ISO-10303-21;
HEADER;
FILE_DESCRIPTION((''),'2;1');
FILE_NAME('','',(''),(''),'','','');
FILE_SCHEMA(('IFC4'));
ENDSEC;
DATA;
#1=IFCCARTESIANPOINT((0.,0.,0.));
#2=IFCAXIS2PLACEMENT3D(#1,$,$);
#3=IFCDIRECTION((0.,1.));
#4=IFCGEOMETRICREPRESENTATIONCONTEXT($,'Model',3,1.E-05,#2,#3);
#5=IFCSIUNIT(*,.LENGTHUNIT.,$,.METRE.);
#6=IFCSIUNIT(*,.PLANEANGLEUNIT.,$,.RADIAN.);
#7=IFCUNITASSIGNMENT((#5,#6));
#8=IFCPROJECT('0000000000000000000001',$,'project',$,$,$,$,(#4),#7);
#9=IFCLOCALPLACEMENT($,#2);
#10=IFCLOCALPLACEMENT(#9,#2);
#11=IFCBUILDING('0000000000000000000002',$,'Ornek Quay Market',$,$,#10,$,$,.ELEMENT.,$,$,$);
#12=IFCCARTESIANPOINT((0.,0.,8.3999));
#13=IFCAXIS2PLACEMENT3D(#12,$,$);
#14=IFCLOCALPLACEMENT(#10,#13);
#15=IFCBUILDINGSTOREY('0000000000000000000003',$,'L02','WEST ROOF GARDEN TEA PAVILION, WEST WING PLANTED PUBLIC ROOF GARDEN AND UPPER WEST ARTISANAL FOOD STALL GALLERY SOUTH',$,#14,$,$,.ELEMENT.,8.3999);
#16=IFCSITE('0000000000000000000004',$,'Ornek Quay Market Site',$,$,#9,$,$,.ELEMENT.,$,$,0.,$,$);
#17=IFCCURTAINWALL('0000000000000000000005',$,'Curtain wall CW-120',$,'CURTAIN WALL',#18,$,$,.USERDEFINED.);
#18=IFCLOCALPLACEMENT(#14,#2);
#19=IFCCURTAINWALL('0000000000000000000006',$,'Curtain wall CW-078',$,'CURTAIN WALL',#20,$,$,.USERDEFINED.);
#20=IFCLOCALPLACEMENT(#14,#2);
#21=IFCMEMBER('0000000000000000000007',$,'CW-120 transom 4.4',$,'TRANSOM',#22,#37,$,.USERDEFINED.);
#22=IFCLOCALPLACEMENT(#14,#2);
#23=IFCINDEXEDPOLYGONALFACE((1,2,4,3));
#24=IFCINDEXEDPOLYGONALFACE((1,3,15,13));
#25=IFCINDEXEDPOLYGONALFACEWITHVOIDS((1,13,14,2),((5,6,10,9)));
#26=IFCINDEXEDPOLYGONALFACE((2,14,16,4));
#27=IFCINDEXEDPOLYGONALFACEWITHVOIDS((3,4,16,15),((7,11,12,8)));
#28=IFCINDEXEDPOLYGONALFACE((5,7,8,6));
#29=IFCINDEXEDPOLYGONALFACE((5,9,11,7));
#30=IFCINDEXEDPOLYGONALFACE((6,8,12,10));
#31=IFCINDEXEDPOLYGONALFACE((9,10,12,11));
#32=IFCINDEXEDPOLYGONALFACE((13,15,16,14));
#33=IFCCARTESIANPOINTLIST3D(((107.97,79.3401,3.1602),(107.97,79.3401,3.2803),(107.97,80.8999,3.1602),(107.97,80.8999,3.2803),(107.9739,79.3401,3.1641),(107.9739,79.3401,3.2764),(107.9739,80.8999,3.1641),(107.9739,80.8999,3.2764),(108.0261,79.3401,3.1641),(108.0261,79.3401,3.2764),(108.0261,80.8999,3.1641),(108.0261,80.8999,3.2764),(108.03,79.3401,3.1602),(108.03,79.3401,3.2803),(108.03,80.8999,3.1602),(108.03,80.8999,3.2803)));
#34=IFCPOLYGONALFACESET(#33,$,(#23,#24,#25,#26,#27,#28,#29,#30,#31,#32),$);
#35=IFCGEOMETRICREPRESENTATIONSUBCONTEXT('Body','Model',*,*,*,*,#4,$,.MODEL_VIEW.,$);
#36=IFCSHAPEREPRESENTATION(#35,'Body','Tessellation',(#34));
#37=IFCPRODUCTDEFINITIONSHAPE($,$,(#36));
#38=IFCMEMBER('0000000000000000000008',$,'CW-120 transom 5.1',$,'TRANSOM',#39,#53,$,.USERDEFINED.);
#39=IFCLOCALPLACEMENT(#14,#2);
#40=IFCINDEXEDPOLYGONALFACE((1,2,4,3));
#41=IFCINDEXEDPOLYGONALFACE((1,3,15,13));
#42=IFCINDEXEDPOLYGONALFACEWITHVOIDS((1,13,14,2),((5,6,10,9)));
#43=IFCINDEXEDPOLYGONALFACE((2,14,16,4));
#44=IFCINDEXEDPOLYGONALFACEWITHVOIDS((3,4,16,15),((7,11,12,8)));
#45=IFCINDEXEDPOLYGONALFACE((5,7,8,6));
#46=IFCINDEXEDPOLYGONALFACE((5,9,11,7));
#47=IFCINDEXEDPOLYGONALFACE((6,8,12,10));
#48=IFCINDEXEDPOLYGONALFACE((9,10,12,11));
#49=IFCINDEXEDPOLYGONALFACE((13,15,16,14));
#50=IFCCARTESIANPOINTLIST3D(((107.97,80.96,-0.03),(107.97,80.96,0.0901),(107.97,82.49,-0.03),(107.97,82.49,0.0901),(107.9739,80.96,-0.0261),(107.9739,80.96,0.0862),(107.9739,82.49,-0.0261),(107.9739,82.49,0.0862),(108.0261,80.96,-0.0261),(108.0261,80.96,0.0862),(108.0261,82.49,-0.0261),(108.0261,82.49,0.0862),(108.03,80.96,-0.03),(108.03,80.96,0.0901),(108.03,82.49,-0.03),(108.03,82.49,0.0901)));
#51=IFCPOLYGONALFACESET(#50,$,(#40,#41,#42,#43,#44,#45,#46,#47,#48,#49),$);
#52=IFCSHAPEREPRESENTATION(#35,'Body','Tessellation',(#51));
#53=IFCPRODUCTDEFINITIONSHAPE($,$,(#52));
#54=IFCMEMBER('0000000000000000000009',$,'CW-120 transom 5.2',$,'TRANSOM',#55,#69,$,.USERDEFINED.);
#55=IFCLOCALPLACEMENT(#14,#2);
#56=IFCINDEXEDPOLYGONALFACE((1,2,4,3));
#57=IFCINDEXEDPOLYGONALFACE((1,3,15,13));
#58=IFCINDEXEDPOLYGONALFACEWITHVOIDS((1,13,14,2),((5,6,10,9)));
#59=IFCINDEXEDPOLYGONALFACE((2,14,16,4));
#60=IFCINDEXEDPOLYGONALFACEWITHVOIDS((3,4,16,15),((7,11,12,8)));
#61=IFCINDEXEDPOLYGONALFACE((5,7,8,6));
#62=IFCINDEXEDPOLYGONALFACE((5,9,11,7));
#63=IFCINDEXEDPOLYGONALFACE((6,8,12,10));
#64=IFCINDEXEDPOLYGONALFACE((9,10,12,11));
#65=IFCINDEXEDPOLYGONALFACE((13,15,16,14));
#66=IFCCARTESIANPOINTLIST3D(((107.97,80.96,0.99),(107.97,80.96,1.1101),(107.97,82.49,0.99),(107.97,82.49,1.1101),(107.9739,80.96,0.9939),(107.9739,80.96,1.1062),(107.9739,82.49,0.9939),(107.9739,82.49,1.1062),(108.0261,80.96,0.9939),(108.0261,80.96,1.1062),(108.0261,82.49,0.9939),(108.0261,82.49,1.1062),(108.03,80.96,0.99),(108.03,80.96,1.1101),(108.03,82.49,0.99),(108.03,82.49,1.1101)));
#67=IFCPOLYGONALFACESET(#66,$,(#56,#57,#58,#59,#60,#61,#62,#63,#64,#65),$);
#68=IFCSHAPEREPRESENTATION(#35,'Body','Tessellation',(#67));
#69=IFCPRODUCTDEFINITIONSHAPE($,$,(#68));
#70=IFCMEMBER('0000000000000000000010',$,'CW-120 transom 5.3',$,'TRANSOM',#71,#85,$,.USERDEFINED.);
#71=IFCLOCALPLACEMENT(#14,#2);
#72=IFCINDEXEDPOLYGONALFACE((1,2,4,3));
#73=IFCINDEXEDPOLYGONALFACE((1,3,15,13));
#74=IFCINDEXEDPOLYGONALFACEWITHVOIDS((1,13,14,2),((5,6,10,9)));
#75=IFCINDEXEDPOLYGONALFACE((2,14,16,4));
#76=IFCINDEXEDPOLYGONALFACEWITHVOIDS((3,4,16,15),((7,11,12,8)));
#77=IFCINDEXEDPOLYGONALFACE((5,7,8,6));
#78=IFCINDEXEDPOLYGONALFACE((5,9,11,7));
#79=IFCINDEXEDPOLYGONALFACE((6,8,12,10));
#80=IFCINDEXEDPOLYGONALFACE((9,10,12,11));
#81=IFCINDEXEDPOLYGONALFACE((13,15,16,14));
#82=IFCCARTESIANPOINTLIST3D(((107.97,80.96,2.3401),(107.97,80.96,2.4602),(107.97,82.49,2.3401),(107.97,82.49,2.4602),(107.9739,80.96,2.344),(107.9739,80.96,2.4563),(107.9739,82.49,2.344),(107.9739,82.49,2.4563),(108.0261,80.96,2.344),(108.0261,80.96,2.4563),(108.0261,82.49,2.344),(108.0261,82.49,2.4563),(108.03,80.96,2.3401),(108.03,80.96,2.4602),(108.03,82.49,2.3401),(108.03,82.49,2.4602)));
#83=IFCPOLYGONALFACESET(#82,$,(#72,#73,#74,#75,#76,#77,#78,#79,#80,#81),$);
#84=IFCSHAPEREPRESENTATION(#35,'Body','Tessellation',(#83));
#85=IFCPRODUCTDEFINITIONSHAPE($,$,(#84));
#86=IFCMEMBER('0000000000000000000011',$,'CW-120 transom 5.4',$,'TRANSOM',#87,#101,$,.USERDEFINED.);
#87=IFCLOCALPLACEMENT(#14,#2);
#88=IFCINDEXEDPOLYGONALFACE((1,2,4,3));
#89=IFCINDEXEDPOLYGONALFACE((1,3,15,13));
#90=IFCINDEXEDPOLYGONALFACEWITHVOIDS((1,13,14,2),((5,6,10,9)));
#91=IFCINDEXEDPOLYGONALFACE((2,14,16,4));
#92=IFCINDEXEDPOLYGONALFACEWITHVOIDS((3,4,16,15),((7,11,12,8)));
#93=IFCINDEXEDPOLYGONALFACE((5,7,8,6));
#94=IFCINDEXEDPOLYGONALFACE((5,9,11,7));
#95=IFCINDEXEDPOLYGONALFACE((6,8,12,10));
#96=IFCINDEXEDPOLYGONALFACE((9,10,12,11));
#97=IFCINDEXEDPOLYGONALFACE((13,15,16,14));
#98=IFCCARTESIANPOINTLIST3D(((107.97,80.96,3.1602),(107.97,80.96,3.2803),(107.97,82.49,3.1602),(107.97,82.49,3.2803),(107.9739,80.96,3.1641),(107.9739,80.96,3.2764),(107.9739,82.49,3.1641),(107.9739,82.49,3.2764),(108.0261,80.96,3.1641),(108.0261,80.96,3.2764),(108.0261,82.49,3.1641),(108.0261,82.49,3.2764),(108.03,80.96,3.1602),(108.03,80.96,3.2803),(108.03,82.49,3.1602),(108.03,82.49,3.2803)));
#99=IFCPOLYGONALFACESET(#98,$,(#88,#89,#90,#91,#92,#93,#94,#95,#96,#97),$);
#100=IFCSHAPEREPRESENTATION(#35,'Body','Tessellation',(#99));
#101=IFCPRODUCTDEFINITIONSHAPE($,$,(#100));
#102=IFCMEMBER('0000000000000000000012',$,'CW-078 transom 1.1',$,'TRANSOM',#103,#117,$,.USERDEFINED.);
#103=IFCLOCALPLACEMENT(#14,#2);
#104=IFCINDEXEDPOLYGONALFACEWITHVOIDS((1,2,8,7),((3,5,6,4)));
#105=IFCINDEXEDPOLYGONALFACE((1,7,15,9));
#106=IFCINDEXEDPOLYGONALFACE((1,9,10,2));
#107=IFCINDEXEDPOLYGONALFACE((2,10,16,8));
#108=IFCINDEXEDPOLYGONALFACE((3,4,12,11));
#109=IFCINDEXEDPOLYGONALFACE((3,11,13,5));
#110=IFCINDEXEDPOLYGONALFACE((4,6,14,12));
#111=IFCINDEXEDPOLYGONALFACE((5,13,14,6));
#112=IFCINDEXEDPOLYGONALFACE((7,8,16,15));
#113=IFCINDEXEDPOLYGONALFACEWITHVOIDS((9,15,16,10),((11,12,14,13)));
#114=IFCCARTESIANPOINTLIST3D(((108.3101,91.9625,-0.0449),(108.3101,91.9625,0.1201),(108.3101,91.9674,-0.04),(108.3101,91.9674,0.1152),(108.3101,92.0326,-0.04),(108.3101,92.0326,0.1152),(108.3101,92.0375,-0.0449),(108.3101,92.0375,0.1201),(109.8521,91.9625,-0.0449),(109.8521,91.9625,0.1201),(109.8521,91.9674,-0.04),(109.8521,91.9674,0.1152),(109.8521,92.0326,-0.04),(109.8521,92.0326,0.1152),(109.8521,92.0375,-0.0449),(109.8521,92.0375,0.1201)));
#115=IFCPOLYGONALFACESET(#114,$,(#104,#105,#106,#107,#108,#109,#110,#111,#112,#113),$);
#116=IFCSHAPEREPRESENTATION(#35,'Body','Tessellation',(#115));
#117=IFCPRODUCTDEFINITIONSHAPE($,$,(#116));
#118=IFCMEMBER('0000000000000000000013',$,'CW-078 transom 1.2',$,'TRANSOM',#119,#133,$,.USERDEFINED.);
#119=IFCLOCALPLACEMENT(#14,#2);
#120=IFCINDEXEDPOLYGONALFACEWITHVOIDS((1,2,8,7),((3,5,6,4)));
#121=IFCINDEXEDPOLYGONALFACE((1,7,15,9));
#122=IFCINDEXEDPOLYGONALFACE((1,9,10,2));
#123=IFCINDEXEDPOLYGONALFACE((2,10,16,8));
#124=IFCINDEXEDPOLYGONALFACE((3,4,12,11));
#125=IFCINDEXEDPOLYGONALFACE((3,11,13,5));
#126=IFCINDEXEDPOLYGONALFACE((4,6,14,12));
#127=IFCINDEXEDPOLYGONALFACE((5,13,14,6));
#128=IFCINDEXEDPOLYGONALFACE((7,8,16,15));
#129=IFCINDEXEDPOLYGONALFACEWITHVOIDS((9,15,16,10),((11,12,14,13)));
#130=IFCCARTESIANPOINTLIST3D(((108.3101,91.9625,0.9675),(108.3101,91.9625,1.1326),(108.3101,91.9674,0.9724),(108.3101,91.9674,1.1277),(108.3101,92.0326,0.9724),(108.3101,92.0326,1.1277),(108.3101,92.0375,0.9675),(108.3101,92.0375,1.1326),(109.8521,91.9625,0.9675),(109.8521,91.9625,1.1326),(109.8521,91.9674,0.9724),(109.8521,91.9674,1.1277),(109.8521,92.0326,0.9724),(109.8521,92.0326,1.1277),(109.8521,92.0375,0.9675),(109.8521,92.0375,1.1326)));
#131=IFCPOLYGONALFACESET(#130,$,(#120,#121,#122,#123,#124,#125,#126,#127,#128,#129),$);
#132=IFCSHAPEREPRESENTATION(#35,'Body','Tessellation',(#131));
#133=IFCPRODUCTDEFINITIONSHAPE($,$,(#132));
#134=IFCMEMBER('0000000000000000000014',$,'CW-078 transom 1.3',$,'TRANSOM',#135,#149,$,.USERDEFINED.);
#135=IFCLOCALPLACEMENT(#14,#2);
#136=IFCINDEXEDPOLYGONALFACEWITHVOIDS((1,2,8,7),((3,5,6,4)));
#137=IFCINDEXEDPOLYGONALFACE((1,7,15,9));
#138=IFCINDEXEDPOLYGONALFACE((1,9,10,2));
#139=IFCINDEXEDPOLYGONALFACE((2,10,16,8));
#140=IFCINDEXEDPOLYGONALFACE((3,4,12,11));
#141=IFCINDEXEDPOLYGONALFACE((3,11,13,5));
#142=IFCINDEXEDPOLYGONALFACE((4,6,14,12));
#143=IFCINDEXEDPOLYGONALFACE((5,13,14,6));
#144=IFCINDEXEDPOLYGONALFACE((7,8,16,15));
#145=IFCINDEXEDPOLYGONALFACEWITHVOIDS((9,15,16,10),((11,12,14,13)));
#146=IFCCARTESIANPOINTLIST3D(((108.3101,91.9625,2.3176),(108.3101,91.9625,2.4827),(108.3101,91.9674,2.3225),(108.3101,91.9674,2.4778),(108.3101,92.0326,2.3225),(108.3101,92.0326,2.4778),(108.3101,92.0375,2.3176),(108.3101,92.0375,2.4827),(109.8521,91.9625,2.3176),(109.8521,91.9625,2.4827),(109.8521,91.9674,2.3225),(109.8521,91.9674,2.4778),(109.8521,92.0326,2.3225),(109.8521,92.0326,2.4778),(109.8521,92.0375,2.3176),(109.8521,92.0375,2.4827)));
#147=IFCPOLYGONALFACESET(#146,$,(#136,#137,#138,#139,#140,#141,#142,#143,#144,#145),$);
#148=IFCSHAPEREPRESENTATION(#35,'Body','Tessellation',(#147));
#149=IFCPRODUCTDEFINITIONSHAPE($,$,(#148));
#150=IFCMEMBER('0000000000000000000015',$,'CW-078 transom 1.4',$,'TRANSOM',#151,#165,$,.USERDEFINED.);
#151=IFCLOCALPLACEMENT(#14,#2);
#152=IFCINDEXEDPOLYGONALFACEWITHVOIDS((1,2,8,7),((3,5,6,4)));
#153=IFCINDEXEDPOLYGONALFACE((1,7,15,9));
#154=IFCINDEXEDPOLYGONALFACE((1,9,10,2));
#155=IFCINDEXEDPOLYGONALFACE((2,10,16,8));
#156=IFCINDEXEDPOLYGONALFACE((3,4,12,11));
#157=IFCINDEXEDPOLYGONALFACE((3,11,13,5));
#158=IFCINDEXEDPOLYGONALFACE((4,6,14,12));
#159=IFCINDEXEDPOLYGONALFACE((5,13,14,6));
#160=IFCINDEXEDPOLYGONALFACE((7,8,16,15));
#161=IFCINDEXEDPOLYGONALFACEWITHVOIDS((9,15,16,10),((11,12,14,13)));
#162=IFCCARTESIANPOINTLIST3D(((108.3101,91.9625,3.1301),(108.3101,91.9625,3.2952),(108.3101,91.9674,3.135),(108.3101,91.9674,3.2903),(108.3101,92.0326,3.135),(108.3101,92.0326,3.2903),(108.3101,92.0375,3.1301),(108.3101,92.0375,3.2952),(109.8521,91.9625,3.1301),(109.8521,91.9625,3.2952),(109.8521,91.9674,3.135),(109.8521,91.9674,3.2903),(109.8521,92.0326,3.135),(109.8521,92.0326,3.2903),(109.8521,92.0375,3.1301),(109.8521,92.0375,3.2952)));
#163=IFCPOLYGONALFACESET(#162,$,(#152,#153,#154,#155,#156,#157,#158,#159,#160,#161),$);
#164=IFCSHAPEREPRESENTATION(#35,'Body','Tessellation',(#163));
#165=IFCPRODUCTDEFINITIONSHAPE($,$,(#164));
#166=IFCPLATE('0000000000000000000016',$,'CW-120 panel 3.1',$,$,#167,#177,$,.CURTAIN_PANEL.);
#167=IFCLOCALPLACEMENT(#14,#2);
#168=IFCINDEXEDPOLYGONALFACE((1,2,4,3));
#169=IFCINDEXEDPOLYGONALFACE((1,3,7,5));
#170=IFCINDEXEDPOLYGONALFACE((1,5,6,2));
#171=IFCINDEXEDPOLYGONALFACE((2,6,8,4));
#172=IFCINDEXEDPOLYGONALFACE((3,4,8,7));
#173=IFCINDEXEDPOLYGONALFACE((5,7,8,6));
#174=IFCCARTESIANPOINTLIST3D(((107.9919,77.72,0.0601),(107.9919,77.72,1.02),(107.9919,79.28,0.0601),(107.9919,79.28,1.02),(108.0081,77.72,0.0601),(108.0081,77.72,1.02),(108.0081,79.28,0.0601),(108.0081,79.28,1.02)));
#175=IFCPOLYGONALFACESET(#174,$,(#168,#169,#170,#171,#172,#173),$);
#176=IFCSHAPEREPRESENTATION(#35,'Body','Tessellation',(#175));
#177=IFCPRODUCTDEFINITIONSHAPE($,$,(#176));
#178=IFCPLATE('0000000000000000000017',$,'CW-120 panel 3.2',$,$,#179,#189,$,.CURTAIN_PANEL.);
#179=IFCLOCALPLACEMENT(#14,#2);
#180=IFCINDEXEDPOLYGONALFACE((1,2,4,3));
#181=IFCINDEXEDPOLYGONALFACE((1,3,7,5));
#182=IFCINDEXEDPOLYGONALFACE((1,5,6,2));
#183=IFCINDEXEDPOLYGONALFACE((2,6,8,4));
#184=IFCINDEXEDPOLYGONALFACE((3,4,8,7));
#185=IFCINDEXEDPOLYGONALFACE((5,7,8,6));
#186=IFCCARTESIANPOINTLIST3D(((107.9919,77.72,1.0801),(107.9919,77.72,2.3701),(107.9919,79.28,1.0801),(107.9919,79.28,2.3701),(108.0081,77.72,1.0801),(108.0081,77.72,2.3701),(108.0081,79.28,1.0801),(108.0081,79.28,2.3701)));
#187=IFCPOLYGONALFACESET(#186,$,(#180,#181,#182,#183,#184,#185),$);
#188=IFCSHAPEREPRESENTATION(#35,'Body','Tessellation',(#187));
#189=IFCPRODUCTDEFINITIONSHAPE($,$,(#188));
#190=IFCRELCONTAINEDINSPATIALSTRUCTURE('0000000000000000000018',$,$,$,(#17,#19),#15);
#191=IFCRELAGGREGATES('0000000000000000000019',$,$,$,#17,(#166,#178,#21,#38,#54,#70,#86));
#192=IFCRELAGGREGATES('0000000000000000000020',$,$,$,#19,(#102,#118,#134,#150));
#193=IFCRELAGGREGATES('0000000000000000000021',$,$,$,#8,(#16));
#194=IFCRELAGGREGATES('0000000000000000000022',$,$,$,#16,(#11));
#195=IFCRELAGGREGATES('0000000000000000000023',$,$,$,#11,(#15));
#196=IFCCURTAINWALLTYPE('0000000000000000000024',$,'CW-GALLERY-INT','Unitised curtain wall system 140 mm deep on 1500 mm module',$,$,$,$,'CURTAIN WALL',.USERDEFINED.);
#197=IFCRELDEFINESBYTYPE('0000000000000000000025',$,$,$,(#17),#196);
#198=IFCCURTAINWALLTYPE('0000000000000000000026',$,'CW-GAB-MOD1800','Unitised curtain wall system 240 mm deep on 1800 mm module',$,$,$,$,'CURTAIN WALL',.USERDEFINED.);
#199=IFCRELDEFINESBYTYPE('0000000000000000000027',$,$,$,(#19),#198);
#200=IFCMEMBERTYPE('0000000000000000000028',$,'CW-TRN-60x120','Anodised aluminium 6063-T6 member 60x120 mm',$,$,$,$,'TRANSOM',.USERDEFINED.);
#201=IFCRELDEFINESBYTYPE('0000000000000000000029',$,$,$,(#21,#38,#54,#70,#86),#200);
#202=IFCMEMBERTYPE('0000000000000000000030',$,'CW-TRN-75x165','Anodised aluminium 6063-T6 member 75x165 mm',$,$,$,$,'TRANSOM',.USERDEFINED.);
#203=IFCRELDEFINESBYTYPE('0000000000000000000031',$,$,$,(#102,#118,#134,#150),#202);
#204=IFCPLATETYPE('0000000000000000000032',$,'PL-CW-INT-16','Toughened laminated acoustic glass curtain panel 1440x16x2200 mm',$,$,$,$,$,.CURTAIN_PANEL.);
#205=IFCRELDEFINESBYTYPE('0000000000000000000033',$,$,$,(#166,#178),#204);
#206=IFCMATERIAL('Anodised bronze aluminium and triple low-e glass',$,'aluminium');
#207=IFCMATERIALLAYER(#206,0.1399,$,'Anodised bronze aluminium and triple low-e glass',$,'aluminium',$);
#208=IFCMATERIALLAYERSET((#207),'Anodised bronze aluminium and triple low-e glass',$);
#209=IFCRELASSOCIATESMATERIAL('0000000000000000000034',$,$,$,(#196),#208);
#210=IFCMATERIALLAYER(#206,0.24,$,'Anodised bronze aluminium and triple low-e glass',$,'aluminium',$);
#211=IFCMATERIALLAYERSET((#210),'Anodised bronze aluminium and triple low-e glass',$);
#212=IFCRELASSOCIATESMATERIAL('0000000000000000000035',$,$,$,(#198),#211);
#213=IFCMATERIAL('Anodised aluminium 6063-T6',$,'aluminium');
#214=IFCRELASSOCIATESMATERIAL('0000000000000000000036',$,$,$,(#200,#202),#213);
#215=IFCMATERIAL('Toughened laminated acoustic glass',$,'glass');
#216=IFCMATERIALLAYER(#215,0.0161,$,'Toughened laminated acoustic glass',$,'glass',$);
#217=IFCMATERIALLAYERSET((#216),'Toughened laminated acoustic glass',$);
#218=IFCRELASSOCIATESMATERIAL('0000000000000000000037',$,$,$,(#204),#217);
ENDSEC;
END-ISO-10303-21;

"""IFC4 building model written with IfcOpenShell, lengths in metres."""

from ifc_helpers import new_model, si_unit, direction, frame, origin, origin_2d, place, context, subcontext, project, spatial, rectangle, hollow_rectangle, extrude, material, layer, layer_set, material_profile, profile_set, type_object, element, aggregate, save


model = new_model("IFC4")

# Units and contexts
model_context = context("Model", 3, precision=1e-05, world=origin(), true_north=direction((0.0, 1.0)))
body_context = subcontext(model_context, "Body", "Model", "MODEL_VIEW")
ifc_project = project(units=[si_unit("LENGTHUNIT", "METRE"), si_unit("PLANEANGLEUNIT", "RADIAN")], contexts=[model_context])

# Site, building, storey
site_placement = place(None, origin())
site = spatial("IfcSite", under=ifc_project, at=site_placement, Name="Ornek Quay Market Site", CompositionType="ELEMENT", RefElevation=0.0)
building_placement = place(site_placement, origin())
building = spatial("IfcBuilding", under=site, at=building_placement, Name="Ornek Quay Market", CompositionType="ELEMENT")
storey_placement = place(building_placement, frame((0.0, 0.0, 8.3999)))
storey = spatial("IfcBuildingStorey", under=building, at=storey_placement, Name="L02", Description="WEST ROOF GARDEN TEA PAVILION, WEST WING PLANTED PUBLIC ROOF GARDEN AND UPPER WEST ARTISANAL FOOD STALL GALLERY SOUTH", CompositionType="ELEMENT", Elevation=8.3999)

# Curtain wall
ifc_material_1 = material(Name="Anodised bronze aluminium and triple low-e glass", Category="aluminium")
ifc_layer_1 = layer(ifc_material_1, 0.1399, Name="Anodised bronze aluminium and triple low-e glass", Category="aluminium")
ifc_layer_set_1 = layer_set([ifc_layer_1], Name="Anodised bronze aluminium and triple low-e glass")
curtain_wall_type_1 = type_object("IfcCurtainWallType", Name="CW-GALLERY-INT", Description="Unitised curtain wall system 140 mm deep on 1500 mm module", ElementType="CURTAIN WALL", PredefinedType="USERDEFINED", material=ifc_layer_set_1)
curtain_wall_1_placement = place(storey_placement, origin())
curtain_wall_1 = element("IfcCurtainWall", 1, at=curtain_wall_1_placement, inside=storey, type_object=curtain_wall_type_1, Name="Curtain wall CW-120", ObjectType="CURTAIN WALL", PredefinedType="USERDEFINED")
ifc_material_2 = material(Name="Anodised aluminium 6063-T6", Category="aluminium")

# Curtain wall
ifc_layer_2 = layer(ifc_material_1, 0.24, Name="Anodised bronze aluminium and triple low-e glass", Category="aluminium")
ifc_layer_set_2 = layer_set([ifc_layer_2], Name="Anodised bronze aluminium and triple low-e glass")
curtain_wall_type_2 = type_object("IfcCurtainWallType", Name="CW-GAB-MOD1800", Description="Unitised curtain wall system 240 mm deep on 1800 mm module", ElementType="CURTAIN WALL", PredefinedType="USERDEFINED", material=ifc_layer_set_2)
curtain_wall_2_placement = place(storey_placement, origin())
curtain_wall_2 = element("IfcCurtainWall", 2, at=curtain_wall_2_placement, inside=storey, type_object=curtain_wall_type_2, Name="Curtain wall CW-078", ObjectType="CURTAIN WALL", PredefinedType="USERDEFINED")

# Members
ifc_material_profile_1 = material_profile(ifc_material_2, hollow_rectangle(XDim=0.0601, YDim=0.1201, WallThickness=0.0039, at=origin_2d()), Name="CW-TRN-60x120", Category="aluminium")
ifc_profile_set_1 = profile_set([ifc_material_profile_1], Name="Anodised aluminium 6063-T6")
member_type_1 = type_object("IfcMemberType", Name="CW-TRN-60x120", Description="Anodised aluminium 6063-T6 member 60x120 mm", ElementType="TRANSOM", PredefinedType="USERDEFINED", material=ifc_profile_set_1)
member_1_placement = place(storey_placement, frame((108.0, 79.3401, 3.2202), z_axis=(0.0, 1.0, 0.0), x_axis=(-1.0, 0.0, 0.0)))
member_1 = element("IfcMember", 3, at=member_1_placement, type_object=member_type_1, Name="CW-120 transom 4.4", ObjectType="TRANSOM", PredefinedType="USERDEFINED", context=body_context, shape_type="SweptSolid", body=[
    extrude(hollow_rectangle(XDim=0.0601, YDim=0.1201, WallThickness=0.0039, at=origin_2d()), origin(), (0.0, 0.0, 1.0), 1.5598),
])
member_2_placement = place(storey_placement, frame((108.0, 80.96, 0.03), z_axis=(0.0, 1.0, 0.0), x_axis=(-1.0, 0.0, 0.0)))
member_2 = element("IfcMember", 4, at=member_2_placement, type_object=member_type_1, Name="CW-120 transom 5.1", ObjectType="TRANSOM", PredefinedType="USERDEFINED", context=body_context, shape_type="SweptSolid", body=[
    extrude(hollow_rectangle(XDim=0.0601, YDim=0.1201, WallThickness=0.0039, at=origin_2d()), origin(), (0.0, 0.0, 1.0), 1.53),
])
member_3_placement = place(storey_placement, frame((108.0, 80.96, 1.05), z_axis=(0.0, 1.0, 0.0), x_axis=(-1.0, 0.0, 0.0)))
member_3 = element("IfcMember", 5, at=member_3_placement, type_object=member_type_1, Name="CW-120 transom 5.2", ObjectType="TRANSOM", PredefinedType="USERDEFINED", context=body_context, shape_type="SweptSolid", body=[
    extrude(hollow_rectangle(XDim=0.0601, YDim=0.1201, WallThickness=0.0039, at=origin_2d()), origin(), (0.0, 0.0, 1.0), 1.53),
])
member_4_placement = place(storey_placement, frame((108.0, 80.96, 2.4001), z_axis=(0.0, 1.0, 0.0), x_axis=(-1.0, 0.0, 0.0)))
member_4 = element("IfcMember", 6, at=member_4_placement, type_object=member_type_1, Name="CW-120 transom 5.3", ObjectType="TRANSOM", PredefinedType="USERDEFINED", context=body_context, shape_type="SweptSolid", body=[
    extrude(hollow_rectangle(XDim=0.0601, YDim=0.1201, WallThickness=0.0039, at=origin_2d()), origin(), (0.0, 0.0, 1.0), 1.53),
])
member_5_placement = place(storey_placement, frame((108.0, 80.96, 3.2202), z_axis=(0.0, 1.0, 0.0), x_axis=(-1.0, 0.0, 0.0)))
member_5 = element("IfcMember", 7, at=member_5_placement, type_object=member_type_1, Name="CW-120 transom 5.4", ObjectType="TRANSOM", PredefinedType="USERDEFINED", context=body_context, shape_type="SweptSolid", body=[
    extrude(hollow_rectangle(XDim=0.0601, YDim=0.1201, WallThickness=0.0039, at=origin_2d()), origin(), (0.0, 0.0, 1.0), 1.53),
])
ifc_material_profile_2 = material_profile(ifc_material_2, hollow_rectangle(XDim=0.075, YDim=0.165, WallThickness=0.0049, at=origin_2d()), Name="CW-TRN-75x165", Category="aluminium")
ifc_profile_set_2 = profile_set([ifc_material_profile_2], Name="Anodised aluminium 6063-T6")
member_type_2 = type_object("IfcMemberType", Name="CW-TRN-75x165", Description="Anodised aluminium 6063-T6 member 75x165 mm", ElementType="TRANSOM", PredefinedType="USERDEFINED", material=ifc_profile_set_2)
member_6_placement = place(storey_placement, frame((108.3101, 92.0, 0.0376), z_axis=(1.0, 0.0, 0.0), x_axis=(0.0, 1.0, 0.0)))
member_6 = element("IfcMember", 8, at=member_6_placement, type_object=member_type_2, Name="CW-078 transom 1.1", ObjectType="TRANSOM", PredefinedType="USERDEFINED", context=body_context, shape_type="SweptSolid", body=[
    extrude(hollow_rectangle(XDim=0.075, YDim=0.165, WallThickness=0.0049, at=origin_2d()), origin(), (0.0, 0.0, 1.0), 1.542),
])
member_7_placement = place(storey_placement, frame((108.3101, 92.0, 1.05), z_axis=(1.0, 0.0, 0.0), x_axis=(0.0, 1.0, 0.0)))
member_7 = element("IfcMember", 9, at=member_7_placement, type_object=member_type_2, Name="CW-078 transom 1.2", ObjectType="TRANSOM", PredefinedType="USERDEFINED", context=body_context, shape_type="SweptSolid", body=[
    extrude(hollow_rectangle(XDim=0.075, YDim=0.165, WallThickness=0.0049, at=origin_2d()), origin(), (0.0, 0.0, 1.0), 1.542),
])
member_8_placement = place(storey_placement, frame((108.3101, 92.0, 2.4001), z_axis=(1.0, 0.0, 0.0), x_axis=(0.0, 1.0, 0.0)))
member_8 = element("IfcMember", 10, at=member_8_placement, type_object=member_type_2, Name="CW-078 transom 1.3", ObjectType="TRANSOM", PredefinedType="USERDEFINED", context=body_context, shape_type="SweptSolid", body=[
    extrude(hollow_rectangle(XDim=0.075, YDim=0.165, WallThickness=0.0049, at=origin_2d()), origin(), (0.0, 0.0, 1.0), 1.542),
])
member_9_placement = place(storey_placement, frame((108.3101, 92.0, 3.2126), z_axis=(1.0, 0.0, 0.0), x_axis=(0.0, 1.0, 0.0)))
member_9 = element("IfcMember", 11, at=member_9_placement, type_object=member_type_2, Name="CW-078 transom 1.4", ObjectType="TRANSOM", PredefinedType="USERDEFINED", context=body_context, shape_type="SweptSolid", body=[
    extrude(hollow_rectangle(XDim=0.075, YDim=0.165, WallThickness=0.0049, at=origin_2d()), origin(), (0.0, 0.0, 1.0), 1.542),
])

# Plates
ifc_material_3 = material(Name="Toughened laminated acoustic glass", Category="glass")
ifc_layer_3 = layer(ifc_material_3, 0.0161, Name="Toughened laminated acoustic glass", Category="glass")
ifc_layer_set_3 = layer_set([ifc_layer_3], Name="Toughened laminated acoustic glass")
plate_type_1 = type_object("IfcPlateType", Name="PL-CW-INT-16", Description="Toughened laminated acoustic glass curtain panel 1440x16x2200 mm", PredefinedType="CURTAIN_PANEL", material=ifc_layer_set_3)
plate_1_placement = place(storey_placement, frame((108.0, 78.5, 0.0601), z_axis=(0.0, 0.0, 1.0), x_axis=(0.0, 1.0, 0.0)))
plate_1 = element("IfcPlate", 12, at=plate_1_placement, type_object=plate_type_1, Name="CW-120 panel 3.1", PredefinedType="CURTAIN_PANEL", context=body_context, shape_type="SweptSolid", body=[
    extrude(rectangle(XDim=1.5601, YDim=0.0161, at=origin_2d()), origin(), (0.0, 0.0, 1.0), 0.96),
])
plate_2_placement = place(storey_placement, frame((108.0, 78.5, 1.0801), z_axis=(0.0, 0.0, 1.0), x_axis=(0.0, 1.0, 0.0)))
plate_2 = element("IfcPlate", 13, at=plate_2_placement, type_object=plate_type_1, Name="CW-120 panel 3.2", PredefinedType="CURTAIN_PANEL", context=body_context, shape_type="SweptSolid", body=[
    extrude(rectangle(XDim=1.5601, YDim=0.0161, at=origin_2d()), origin(), (0.0, 0.0, 1.0), 1.29),
])
aggregate(curtain_wall_1, [plate_1, plate_2, member_1, member_2, member_3, member_4, member_5])
aggregate(curtain_wall_2, [member_6, member_7, member_8, member_9])

save(model, "model.ifc")
